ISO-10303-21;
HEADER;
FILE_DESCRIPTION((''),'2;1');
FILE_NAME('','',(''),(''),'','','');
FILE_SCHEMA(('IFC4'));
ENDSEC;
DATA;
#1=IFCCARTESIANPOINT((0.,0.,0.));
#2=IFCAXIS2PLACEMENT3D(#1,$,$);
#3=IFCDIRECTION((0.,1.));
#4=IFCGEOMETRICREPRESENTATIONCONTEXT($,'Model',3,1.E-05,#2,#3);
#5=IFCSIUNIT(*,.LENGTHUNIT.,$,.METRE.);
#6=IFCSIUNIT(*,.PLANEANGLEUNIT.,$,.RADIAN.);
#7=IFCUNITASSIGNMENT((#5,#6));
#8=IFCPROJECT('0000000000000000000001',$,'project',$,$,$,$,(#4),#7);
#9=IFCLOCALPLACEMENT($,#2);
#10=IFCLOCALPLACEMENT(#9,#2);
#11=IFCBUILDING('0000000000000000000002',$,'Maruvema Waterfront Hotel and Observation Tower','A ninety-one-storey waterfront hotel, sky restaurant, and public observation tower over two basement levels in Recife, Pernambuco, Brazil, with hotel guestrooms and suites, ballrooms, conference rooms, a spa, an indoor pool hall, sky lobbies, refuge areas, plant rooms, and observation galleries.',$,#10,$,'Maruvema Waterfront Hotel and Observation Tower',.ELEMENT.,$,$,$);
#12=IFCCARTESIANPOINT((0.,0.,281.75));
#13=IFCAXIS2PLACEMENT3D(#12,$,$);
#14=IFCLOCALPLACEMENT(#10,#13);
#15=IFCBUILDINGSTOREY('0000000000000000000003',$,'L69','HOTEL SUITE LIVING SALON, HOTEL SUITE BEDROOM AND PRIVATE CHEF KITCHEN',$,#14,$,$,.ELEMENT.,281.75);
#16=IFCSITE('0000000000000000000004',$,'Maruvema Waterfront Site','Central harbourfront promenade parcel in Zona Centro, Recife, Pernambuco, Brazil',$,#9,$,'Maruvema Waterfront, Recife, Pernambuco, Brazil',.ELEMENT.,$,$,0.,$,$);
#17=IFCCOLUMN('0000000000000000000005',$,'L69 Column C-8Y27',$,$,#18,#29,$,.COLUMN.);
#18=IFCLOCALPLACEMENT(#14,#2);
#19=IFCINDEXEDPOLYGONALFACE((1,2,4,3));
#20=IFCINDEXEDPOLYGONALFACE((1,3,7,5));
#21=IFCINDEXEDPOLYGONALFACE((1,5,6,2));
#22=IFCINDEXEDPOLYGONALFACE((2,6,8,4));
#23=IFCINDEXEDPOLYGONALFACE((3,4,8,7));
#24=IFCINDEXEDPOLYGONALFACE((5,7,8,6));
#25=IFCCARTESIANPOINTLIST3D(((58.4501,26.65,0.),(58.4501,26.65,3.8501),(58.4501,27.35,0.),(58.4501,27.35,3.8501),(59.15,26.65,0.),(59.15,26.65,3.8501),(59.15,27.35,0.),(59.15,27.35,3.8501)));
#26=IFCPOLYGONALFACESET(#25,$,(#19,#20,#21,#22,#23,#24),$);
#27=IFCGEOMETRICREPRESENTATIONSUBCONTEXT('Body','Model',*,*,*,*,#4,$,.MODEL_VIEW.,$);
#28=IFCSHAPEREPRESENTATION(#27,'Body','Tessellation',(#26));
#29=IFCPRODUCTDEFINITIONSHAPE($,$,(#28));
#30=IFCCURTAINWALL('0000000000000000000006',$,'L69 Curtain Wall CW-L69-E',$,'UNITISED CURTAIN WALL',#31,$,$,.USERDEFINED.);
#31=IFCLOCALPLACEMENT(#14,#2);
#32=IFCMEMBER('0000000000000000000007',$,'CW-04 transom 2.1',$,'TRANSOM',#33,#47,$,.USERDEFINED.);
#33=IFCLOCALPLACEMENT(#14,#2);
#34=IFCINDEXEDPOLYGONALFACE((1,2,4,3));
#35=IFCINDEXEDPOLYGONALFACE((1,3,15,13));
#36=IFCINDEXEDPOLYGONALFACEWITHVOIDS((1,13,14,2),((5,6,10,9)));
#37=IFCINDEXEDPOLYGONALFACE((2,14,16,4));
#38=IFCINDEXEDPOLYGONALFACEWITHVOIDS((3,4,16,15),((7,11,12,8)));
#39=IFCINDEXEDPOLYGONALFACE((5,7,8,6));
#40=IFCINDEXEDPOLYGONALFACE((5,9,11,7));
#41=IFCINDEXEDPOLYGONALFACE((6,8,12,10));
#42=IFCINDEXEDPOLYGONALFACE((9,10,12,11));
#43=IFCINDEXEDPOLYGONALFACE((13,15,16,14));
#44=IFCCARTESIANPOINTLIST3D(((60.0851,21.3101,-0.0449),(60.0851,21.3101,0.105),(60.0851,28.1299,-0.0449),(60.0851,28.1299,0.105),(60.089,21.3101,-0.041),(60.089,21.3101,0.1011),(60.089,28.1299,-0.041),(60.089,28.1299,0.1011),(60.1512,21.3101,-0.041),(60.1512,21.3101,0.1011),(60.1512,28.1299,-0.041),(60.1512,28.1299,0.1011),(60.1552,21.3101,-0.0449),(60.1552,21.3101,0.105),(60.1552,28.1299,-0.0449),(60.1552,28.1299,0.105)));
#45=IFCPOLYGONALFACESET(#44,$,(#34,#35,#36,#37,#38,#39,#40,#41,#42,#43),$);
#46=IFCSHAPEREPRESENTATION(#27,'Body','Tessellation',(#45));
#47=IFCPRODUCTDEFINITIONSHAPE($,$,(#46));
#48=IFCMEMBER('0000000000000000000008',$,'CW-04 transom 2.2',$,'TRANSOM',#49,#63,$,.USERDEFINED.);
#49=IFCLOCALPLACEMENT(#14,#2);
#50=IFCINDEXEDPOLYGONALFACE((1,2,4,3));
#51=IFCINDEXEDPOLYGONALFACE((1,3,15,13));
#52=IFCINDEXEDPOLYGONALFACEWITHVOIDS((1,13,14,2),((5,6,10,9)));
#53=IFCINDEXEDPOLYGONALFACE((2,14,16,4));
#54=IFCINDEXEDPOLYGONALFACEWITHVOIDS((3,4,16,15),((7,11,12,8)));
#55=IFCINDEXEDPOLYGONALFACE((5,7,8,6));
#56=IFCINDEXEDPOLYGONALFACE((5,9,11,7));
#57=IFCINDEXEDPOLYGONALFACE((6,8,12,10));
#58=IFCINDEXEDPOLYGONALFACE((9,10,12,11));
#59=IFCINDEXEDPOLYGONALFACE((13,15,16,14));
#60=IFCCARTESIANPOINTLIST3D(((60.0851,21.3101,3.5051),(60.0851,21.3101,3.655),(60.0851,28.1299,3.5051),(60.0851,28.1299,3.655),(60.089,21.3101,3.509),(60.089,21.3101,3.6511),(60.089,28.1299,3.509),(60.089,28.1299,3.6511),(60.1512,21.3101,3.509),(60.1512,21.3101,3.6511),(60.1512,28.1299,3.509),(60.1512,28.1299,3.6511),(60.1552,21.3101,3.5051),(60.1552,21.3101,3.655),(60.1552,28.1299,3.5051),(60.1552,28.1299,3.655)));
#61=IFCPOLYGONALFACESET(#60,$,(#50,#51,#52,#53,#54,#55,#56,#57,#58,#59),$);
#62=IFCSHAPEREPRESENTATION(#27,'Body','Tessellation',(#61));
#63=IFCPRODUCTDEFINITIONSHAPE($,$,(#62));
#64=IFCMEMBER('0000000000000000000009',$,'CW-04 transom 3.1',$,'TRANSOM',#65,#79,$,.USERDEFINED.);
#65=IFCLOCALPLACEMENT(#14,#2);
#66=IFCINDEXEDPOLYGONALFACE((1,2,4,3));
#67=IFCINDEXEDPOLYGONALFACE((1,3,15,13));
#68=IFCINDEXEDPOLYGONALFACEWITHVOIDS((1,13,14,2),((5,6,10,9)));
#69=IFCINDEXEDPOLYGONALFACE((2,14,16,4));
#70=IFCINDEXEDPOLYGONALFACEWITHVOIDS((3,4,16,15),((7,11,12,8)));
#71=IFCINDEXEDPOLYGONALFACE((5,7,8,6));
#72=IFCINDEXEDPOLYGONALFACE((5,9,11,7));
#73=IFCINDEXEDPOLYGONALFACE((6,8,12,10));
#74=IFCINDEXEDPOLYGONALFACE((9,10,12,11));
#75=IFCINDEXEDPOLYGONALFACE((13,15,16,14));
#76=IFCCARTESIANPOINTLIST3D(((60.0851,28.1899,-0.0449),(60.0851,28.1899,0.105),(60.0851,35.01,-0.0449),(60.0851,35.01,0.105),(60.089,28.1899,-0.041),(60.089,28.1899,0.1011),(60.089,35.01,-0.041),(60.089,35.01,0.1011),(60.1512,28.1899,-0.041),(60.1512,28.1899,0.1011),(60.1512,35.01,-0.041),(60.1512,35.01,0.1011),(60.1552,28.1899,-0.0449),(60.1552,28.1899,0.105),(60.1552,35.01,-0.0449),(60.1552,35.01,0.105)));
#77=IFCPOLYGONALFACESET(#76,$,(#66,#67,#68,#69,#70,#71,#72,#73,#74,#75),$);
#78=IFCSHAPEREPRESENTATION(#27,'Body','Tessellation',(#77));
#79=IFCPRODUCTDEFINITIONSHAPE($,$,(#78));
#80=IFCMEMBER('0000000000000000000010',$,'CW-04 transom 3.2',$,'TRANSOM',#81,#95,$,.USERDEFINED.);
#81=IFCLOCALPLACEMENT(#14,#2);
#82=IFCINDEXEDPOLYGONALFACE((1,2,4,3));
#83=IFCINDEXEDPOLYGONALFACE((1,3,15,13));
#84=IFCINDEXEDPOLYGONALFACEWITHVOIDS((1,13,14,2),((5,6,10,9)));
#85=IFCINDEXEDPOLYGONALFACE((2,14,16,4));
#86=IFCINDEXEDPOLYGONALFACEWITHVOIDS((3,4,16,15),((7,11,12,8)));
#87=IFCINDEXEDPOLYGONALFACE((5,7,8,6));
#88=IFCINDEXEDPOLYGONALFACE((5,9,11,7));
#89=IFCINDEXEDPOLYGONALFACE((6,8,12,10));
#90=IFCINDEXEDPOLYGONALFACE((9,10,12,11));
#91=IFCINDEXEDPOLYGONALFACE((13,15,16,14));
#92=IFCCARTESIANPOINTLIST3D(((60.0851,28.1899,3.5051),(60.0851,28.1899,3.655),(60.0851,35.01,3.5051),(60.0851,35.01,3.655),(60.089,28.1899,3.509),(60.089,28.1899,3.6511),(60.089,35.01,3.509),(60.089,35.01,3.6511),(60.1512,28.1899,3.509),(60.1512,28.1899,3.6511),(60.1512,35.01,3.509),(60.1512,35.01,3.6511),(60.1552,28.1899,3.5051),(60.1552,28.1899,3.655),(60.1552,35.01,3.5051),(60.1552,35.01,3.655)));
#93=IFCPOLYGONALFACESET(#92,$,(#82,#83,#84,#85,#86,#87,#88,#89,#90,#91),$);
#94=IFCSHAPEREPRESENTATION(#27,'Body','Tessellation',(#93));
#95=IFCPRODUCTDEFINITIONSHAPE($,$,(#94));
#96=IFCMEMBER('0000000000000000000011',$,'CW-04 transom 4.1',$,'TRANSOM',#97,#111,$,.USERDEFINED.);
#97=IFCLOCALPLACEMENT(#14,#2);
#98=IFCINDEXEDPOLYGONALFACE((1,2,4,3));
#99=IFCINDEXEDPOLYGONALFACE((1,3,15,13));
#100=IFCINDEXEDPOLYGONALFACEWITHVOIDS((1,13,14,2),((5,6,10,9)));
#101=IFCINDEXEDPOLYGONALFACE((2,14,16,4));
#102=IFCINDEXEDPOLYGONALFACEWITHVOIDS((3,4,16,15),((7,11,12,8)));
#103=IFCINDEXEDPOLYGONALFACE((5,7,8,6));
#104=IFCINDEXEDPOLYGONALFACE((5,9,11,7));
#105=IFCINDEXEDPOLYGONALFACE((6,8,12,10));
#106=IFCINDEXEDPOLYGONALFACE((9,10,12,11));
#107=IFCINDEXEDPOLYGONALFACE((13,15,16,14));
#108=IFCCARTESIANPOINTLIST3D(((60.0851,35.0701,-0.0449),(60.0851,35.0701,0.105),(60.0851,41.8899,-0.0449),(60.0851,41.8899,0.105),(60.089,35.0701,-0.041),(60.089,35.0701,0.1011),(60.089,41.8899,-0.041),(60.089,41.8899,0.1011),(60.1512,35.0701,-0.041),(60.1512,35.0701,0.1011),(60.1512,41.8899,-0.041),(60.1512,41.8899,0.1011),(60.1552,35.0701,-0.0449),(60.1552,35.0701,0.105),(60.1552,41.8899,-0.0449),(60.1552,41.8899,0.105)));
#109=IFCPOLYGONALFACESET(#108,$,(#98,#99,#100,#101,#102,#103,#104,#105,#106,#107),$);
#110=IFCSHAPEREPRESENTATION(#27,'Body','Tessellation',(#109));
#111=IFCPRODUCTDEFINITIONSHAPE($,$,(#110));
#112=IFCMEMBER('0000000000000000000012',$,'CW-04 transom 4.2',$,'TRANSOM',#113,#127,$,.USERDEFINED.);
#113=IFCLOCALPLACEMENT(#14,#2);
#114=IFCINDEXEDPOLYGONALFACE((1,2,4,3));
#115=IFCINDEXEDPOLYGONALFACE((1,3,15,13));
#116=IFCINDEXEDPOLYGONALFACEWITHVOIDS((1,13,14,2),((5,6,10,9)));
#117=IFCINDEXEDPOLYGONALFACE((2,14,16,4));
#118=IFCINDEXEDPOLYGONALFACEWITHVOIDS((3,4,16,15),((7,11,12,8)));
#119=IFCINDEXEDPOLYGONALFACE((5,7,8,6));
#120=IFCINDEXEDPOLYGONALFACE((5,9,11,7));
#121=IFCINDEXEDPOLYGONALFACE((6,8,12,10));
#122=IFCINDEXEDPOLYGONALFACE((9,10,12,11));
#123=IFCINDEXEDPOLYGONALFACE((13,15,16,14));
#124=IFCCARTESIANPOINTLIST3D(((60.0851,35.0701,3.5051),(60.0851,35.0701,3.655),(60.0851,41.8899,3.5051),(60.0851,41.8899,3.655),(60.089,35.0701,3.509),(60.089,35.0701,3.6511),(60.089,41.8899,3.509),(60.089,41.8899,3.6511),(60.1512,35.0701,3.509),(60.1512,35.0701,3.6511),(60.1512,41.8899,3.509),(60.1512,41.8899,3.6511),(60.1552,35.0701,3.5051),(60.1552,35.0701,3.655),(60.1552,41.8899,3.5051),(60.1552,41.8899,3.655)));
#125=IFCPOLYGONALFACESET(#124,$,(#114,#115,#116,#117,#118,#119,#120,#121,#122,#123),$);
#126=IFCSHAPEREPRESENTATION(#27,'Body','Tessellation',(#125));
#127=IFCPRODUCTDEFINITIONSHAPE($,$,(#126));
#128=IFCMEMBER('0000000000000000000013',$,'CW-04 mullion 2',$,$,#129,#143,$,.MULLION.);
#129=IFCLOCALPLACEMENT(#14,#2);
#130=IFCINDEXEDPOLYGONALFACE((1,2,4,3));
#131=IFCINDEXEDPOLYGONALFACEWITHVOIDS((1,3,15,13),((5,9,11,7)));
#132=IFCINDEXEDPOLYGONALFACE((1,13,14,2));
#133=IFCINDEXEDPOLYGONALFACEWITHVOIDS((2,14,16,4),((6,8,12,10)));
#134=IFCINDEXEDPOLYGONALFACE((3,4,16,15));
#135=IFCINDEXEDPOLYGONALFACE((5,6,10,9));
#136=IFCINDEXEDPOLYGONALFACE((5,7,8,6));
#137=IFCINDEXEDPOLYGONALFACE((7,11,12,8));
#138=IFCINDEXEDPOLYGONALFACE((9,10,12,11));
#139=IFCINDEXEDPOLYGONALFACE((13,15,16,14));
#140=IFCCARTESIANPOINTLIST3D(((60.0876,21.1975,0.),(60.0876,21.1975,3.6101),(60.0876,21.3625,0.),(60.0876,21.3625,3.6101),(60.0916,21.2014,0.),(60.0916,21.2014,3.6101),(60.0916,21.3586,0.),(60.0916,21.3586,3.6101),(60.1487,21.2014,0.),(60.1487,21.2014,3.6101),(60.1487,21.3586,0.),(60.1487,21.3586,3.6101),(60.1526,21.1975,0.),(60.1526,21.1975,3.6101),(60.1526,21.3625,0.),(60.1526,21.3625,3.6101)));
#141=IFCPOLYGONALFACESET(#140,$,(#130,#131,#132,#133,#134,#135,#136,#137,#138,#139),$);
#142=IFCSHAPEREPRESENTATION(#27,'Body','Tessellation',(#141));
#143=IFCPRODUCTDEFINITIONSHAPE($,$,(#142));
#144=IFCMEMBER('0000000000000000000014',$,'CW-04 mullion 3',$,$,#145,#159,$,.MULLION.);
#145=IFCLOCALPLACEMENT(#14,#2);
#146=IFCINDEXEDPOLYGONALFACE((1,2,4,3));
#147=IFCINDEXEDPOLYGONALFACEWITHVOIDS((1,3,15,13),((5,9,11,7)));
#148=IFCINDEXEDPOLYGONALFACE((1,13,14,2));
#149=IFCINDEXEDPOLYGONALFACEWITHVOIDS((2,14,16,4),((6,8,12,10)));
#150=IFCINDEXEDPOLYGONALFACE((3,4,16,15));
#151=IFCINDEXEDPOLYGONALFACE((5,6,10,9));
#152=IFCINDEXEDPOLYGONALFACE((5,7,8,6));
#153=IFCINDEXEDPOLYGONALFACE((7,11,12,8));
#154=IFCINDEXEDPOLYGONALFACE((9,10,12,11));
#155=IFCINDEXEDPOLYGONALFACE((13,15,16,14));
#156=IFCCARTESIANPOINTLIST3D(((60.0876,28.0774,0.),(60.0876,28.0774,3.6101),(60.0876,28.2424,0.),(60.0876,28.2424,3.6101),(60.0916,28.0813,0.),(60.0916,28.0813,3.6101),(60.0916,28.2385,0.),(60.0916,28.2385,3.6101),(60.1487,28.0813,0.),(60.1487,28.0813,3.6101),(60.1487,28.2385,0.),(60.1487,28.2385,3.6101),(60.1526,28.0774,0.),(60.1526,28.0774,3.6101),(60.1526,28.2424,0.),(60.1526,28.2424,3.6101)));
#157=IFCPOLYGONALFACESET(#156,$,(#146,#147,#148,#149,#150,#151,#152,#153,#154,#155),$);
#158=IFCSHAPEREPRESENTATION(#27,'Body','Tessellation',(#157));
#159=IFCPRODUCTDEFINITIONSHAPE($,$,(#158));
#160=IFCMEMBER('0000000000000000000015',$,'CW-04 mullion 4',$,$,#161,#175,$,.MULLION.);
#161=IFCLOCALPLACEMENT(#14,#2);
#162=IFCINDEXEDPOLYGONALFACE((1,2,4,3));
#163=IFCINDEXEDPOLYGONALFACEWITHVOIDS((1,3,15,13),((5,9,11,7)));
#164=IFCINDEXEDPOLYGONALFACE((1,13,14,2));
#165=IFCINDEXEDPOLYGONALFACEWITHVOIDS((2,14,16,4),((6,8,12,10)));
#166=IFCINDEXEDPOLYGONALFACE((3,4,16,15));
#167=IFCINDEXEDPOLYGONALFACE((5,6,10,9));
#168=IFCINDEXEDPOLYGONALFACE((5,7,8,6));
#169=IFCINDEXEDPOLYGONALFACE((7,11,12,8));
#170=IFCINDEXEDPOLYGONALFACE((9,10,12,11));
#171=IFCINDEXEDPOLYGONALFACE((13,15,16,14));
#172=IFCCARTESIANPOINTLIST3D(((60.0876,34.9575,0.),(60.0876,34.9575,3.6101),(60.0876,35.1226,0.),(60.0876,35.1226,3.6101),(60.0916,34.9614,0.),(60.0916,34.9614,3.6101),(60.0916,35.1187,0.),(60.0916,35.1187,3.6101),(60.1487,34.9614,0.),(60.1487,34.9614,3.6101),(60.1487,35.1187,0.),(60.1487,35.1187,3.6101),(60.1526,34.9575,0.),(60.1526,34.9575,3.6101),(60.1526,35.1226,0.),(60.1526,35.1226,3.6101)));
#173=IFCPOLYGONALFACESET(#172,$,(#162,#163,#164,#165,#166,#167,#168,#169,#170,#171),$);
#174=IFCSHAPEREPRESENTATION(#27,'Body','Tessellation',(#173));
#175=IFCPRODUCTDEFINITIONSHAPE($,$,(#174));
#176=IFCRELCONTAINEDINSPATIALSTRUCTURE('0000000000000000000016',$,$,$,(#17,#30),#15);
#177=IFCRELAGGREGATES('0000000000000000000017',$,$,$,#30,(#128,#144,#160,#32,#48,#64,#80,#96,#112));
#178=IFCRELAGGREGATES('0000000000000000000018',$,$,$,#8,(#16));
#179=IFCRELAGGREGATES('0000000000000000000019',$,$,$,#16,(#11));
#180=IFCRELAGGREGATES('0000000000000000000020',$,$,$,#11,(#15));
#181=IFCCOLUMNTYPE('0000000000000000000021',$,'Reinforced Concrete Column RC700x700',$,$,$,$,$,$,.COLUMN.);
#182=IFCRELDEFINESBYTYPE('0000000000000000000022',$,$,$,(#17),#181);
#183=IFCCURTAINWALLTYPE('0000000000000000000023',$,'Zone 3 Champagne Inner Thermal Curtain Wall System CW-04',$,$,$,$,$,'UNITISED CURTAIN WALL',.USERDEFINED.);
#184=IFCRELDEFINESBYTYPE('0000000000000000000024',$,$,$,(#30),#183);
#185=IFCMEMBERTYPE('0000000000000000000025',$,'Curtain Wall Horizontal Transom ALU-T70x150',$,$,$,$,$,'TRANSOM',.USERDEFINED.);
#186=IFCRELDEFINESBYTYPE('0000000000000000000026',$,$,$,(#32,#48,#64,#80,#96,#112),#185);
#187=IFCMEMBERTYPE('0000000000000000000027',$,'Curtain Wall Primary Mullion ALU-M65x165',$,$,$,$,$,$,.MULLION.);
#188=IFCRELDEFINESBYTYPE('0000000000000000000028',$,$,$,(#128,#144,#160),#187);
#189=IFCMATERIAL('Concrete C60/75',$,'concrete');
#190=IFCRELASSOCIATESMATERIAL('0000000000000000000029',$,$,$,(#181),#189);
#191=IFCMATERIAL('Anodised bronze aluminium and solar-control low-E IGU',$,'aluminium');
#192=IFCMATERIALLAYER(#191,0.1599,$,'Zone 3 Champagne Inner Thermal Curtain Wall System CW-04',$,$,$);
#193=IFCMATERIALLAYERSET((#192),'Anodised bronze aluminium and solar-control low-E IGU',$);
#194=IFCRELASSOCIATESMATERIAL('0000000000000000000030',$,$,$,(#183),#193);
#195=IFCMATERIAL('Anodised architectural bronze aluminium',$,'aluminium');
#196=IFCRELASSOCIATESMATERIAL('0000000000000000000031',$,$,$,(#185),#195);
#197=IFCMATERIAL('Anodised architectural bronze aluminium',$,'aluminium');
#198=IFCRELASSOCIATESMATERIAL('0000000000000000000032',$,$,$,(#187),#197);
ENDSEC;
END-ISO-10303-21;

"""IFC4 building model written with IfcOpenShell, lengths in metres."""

from ifc_helpers import new_model, si_unit, direction, frame, origin, origin_2d, place, context, subcontext, project, spatial, rectangle, hollow_rectangle, extrude, material, layer, layer_set, material_profile, profile_set, type_object, element, aggregate, save


model = new_model("IFC4")

# Units and contexts
model_context = context("Model", 3, precision=1e-05, world=origin(), true_north=direction((0.0, 1.0)))
body_context = subcontext(model_context, "Body", "Model", "MODEL_VIEW")
ifc_project = project(units=[si_unit("LENGTHUNIT", "METRE"), si_unit("PLANEANGLEUNIT", "RADIAN")], contexts=[model_context])

# Site, building, storey
site_placement = place(None, origin())
site = spatial("IfcSite", under=ifc_project, at=site_placement, Name="Maruvema Waterfront Site", Description="Central harbourfront promenade parcel in Zona Centro, Recife, Pernambuco, Brazil", LongName="Maruvema Waterfront, Recife, Pernambuco, Brazil", CompositionType="ELEMENT", RefElevation=0.0)
building_placement = place(site_placement, origin())
building = spatial("IfcBuilding", under=site, at=building_placement, Name="Maruvema Waterfront Hotel and Observation Tower", Description="A ninety-one-storey waterfront hotel, sky restaurant, and public observation tower over two basement levels in Recife, Pernambuco, Brazil, with hotel guestrooms and suites, ballrooms, conference rooms, a spa, an indoor pool hall, sky lobbies, refuge areas, plant rooms, and observation galleries.", LongName="Maruvema Waterfront Hotel and Observation Tower", CompositionType="ELEMENT")
storey_placement = place(building_placement, frame((0.0, 0.0, 281.75)))
storey = spatial("IfcBuildingStorey", under=building, at=storey_placement, Name="L69", Description="HOTEL SUITE LIVING SALON, HOTEL SUITE BEDROOM AND PRIVATE CHEF KITCHEN", CompositionType="ELEMENT", Elevation=281.75)

# Column
ifc_material_1 = material(Name="Concrete C60/75", Category="concrete")
ifc_material_profile_1 = material_profile(ifc_material_1, rectangle(XDim=0.7, YDim=0.7, at=origin_2d()), Name="RC700x700")
ifc_profile_set_1 = profile_set([ifc_material_profile_1], Name="Concrete C60/75")
column_type = type_object("IfcColumnType", Name="Reinforced Concrete Column RC700x700", PredefinedType="COLUMN", material=ifc_profile_set_1)
column_placement = place(storey_placement, frame((58.8, 27.0, 0.0), z_axis=(0.0, 0.0, 1.0), x_axis=(1.0, 0.0, 0.0)))
element("IfcColumn", 1, at=column_placement, inside=storey, type_object=column_type, Name="L69 Column C-8Y27", PredefinedType="COLUMN", context=body_context, shape_type="SweptSolid", body=[
    extrude(rectangle(XDim=0.7, YDim=0.7, at=origin_2d()), origin(), (0.0, 0.0, 1.0), 3.8501),
])

# Curtain wall, members
ifc_material_2 = material(Name="Anodised bronze aluminium and solar-control low-E IGU", Category="aluminium")
ifc_layer_1 = layer(ifc_material_2, 0.1599, Name="Zone 3 Champagne Inner Thermal Curtain Wall System CW-04")
ifc_layer_set_1 = layer_set([ifc_layer_1], Name="Anodised bronze aluminium and solar-control low-E IGU")
curtain_wall_type = type_object("IfcCurtainWallType", Name="Zone 3 Champagne Inner Thermal Curtain Wall System CW-04", ElementType="UNITISED CURTAIN WALL", PredefinedType="USERDEFINED", material=ifc_layer_set_1)
curtain_wall_placement = place(storey_placement, origin())
curtain_wall = element("IfcCurtainWall", 2, at=curtain_wall_placement, inside=storey, type_object=curtain_wall_type, Name="L69 Curtain Wall CW-L69-E", ObjectType="UNITISED CURTAIN WALL", PredefinedType="USERDEFINED")
ifc_material_3 = material(Name="Anodised architectural bronze aluminium", Category="aluminium")
ifc_material_profile_2 = material_profile(ifc_material_3, hollow_rectangle(XDim=0.0701, YDim=0.1499, WallThickness=0.0039, at=origin_2d()), Name="ALU-T70x150")
ifc_profile_set_2 = profile_set([ifc_material_profile_2], Name="Anodised architectural bronze aluminium")
member_type_1 = type_object("IfcMemberType", Name="Curtain Wall Horizontal Transom ALU-T70x150", ElementType="TRANSOM", PredefinedType="USERDEFINED", material=ifc_profile_set_2)
member_1_placement = place(storey_placement, frame((60.1201, 21.3101, 0.03), z_axis=(0.0, 1.0, 0.0), x_axis=(-1.0, 0.0, 0.0)))
member_1 = element("IfcMember", 3, at=member_1_placement, type_object=member_type_1, Name="CW-04 transom 2.1", ObjectType="TRANSOM", PredefinedType="USERDEFINED", context=body_context, shape_type="SweptSolid", body=[
    extrude(hollow_rectangle(XDim=0.0701, YDim=0.1499, WallThickness=0.0039, at=origin_2d()), origin(), (0.0, 0.0, 1.0), 6.8198),
])
member_2_placement = place(storey_placement, frame((60.1201, 21.3101, 3.5801), z_axis=(0.0, 1.0, 0.0), x_axis=(-1.0, 0.0, 0.0)))
member_2 = element("IfcMember", 4, at=member_2_placement, type_object=member_type_1, Name="CW-04 transom 2.2", ObjectType="TRANSOM", PredefinedType="USERDEFINED", context=body_context, shape_type="SweptSolid", body=[
    extrude(hollow_rectangle(XDim=0.0701, YDim=0.1499, WallThickness=0.0039, at=origin_2d()), origin(), (0.0, 0.0, 1.0), 6.8198),
])
member_3_placement = place(storey_placement, frame((60.1201, 28.1899, 0.03), z_axis=(0.0, 1.0, 0.0), x_axis=(-1.0, 0.0, 0.0)))
member_3 = element("IfcMember", 5, at=member_3_placement, type_object=member_type_1, Name="CW-04 transom 3.1", ObjectType="TRANSOM", PredefinedType="USERDEFINED", context=body_context, shape_type="SweptSolid", body=[
    extrude(hollow_rectangle(XDim=0.0701, YDim=0.1499, WallThickness=0.0039, at=origin_2d()), origin(), (0.0, 0.0, 1.0), 6.8201),
])
member_4_placement = place(storey_placement, frame((60.1201, 28.1899, 3.5801), z_axis=(0.0, 1.0, 0.0), x_axis=(-1.0, 0.0, 0.0)))
member_4 = element("IfcMember", 6, at=member_4_placement, type_object=member_type_1, Name="CW-04 transom 3.2", ObjectType="TRANSOM", PredefinedType="USERDEFINED", context=body_context, shape_type="SweptSolid", body=[
    extrude(hollow_rectangle(XDim=0.0701, YDim=0.1499, WallThickness=0.0039, at=origin_2d()), origin(), (0.0, 0.0, 1.0), 6.8201),
])
member_5_placement = place(storey_placement, frame((60.1201, 35.0701, 0.03), z_axis=(0.0, 1.0, 0.0), x_axis=(-1.0, 0.0, 0.0)))
member_5 = element("IfcMember", 7, at=member_5_placement, type_object=member_type_1, Name="CW-04 transom 4.1", ObjectType="TRANSOM", PredefinedType="USERDEFINED", context=body_context, shape_type="SweptSolid", body=[
    extrude(hollow_rectangle(XDim=0.0701, YDim=0.1499, WallThickness=0.0039, at=origin_2d()), origin(), (0.0, 0.0, 1.0), 6.8198),
])
member_6_placement = place(storey_placement, frame((60.1201, 35.0701, 3.5801), z_axis=(0.0, 1.0, 0.0), x_axis=(-1.0, 0.0, 0.0)))
member_6 = element("IfcMember", 8, at=member_6_placement, type_object=member_type_1, Name="CW-04 transom 4.2", ObjectType="TRANSOM", PredefinedType="USERDEFINED", context=body_context, shape_type="SweptSolid", body=[
    extrude(hollow_rectangle(XDim=0.0701, YDim=0.1499, WallThickness=0.0039, at=origin_2d()), origin(), (0.0, 0.0, 1.0), 6.8198),
])
ifc_material_4 = material(Name="Anodised architectural bronze aluminium", Category="aluminium")
ifc_material_profile_3 = material_profile(ifc_material_4, hollow_rectangle(XDim=0.0649, YDim=0.165, WallThickness=0.0039, at=origin_2d()), Name="ALU-M65x165")
ifc_profile_set_3 = profile_set([ifc_material_profile_3], Name="Anodised architectural bronze aluminium")
member_type_2 = type_object("IfcMemberType", Name="Curtain Wall Primary Mullion ALU-M65x165", PredefinedType="MULLION", material=ifc_profile_set_3)
member_7_placement = place(storey_placement, frame((60.1201, 21.28, 0.0), z_axis=(0.0, 0.0, 1.0), x_axis=(-1.0, 0.0, 0.0)))
member_7 = element("IfcMember", 9, at=member_7_placement, type_object=member_type_2, Name="CW-04 mullion 2", PredefinedType="MULLION", context=body_context, shape_type="SweptSolid", body=[
    extrude(hollow_rectangle(XDim=0.0649, YDim=0.165, WallThickness=0.0039, at=origin_2d()), origin(), (0.0, 0.0, 1.0), 3.6101),
])
member_8_placement = place(storey_placement, frame((60.1201, 28.1599, 0.0), z_axis=(0.0, 0.0, 1.0), x_axis=(-1.0, 0.0, 0.0)))
member_8 = element("IfcMember", 10, at=member_8_placement, type_object=member_type_2, Name="CW-04 mullion 3", PredefinedType="MULLION", context=body_context, shape_type="SweptSolid", body=[
    extrude(hollow_rectangle(XDim=0.0649, YDim=0.165, WallThickness=0.0039, at=origin_2d()), origin(), (0.0, 0.0, 1.0), 3.6101),
])
member_9_placement = place(storey_placement, frame((60.1201, 35.04, 0.0), z_axis=(0.0, 0.0, 1.0), x_axis=(-1.0, 0.0, 0.0)))
member_9 = element("IfcMember", 11, at=member_9_placement, type_object=member_type_2, Name="CW-04 mullion 4", PredefinedType="MULLION", context=body_context, shape_type="SweptSolid", body=[
    extrude(hollow_rectangle(XDim=0.0649, YDim=0.165, WallThickness=0.0039, at=origin_2d()), origin(), (0.0, 0.0, 1.0), 3.6101),
])

aggregate(curtain_wall, [member_7, member_8, member_9, member_1, member_2, member_3, member_4, member_5, member_6])

save(model, "model.ifc")
